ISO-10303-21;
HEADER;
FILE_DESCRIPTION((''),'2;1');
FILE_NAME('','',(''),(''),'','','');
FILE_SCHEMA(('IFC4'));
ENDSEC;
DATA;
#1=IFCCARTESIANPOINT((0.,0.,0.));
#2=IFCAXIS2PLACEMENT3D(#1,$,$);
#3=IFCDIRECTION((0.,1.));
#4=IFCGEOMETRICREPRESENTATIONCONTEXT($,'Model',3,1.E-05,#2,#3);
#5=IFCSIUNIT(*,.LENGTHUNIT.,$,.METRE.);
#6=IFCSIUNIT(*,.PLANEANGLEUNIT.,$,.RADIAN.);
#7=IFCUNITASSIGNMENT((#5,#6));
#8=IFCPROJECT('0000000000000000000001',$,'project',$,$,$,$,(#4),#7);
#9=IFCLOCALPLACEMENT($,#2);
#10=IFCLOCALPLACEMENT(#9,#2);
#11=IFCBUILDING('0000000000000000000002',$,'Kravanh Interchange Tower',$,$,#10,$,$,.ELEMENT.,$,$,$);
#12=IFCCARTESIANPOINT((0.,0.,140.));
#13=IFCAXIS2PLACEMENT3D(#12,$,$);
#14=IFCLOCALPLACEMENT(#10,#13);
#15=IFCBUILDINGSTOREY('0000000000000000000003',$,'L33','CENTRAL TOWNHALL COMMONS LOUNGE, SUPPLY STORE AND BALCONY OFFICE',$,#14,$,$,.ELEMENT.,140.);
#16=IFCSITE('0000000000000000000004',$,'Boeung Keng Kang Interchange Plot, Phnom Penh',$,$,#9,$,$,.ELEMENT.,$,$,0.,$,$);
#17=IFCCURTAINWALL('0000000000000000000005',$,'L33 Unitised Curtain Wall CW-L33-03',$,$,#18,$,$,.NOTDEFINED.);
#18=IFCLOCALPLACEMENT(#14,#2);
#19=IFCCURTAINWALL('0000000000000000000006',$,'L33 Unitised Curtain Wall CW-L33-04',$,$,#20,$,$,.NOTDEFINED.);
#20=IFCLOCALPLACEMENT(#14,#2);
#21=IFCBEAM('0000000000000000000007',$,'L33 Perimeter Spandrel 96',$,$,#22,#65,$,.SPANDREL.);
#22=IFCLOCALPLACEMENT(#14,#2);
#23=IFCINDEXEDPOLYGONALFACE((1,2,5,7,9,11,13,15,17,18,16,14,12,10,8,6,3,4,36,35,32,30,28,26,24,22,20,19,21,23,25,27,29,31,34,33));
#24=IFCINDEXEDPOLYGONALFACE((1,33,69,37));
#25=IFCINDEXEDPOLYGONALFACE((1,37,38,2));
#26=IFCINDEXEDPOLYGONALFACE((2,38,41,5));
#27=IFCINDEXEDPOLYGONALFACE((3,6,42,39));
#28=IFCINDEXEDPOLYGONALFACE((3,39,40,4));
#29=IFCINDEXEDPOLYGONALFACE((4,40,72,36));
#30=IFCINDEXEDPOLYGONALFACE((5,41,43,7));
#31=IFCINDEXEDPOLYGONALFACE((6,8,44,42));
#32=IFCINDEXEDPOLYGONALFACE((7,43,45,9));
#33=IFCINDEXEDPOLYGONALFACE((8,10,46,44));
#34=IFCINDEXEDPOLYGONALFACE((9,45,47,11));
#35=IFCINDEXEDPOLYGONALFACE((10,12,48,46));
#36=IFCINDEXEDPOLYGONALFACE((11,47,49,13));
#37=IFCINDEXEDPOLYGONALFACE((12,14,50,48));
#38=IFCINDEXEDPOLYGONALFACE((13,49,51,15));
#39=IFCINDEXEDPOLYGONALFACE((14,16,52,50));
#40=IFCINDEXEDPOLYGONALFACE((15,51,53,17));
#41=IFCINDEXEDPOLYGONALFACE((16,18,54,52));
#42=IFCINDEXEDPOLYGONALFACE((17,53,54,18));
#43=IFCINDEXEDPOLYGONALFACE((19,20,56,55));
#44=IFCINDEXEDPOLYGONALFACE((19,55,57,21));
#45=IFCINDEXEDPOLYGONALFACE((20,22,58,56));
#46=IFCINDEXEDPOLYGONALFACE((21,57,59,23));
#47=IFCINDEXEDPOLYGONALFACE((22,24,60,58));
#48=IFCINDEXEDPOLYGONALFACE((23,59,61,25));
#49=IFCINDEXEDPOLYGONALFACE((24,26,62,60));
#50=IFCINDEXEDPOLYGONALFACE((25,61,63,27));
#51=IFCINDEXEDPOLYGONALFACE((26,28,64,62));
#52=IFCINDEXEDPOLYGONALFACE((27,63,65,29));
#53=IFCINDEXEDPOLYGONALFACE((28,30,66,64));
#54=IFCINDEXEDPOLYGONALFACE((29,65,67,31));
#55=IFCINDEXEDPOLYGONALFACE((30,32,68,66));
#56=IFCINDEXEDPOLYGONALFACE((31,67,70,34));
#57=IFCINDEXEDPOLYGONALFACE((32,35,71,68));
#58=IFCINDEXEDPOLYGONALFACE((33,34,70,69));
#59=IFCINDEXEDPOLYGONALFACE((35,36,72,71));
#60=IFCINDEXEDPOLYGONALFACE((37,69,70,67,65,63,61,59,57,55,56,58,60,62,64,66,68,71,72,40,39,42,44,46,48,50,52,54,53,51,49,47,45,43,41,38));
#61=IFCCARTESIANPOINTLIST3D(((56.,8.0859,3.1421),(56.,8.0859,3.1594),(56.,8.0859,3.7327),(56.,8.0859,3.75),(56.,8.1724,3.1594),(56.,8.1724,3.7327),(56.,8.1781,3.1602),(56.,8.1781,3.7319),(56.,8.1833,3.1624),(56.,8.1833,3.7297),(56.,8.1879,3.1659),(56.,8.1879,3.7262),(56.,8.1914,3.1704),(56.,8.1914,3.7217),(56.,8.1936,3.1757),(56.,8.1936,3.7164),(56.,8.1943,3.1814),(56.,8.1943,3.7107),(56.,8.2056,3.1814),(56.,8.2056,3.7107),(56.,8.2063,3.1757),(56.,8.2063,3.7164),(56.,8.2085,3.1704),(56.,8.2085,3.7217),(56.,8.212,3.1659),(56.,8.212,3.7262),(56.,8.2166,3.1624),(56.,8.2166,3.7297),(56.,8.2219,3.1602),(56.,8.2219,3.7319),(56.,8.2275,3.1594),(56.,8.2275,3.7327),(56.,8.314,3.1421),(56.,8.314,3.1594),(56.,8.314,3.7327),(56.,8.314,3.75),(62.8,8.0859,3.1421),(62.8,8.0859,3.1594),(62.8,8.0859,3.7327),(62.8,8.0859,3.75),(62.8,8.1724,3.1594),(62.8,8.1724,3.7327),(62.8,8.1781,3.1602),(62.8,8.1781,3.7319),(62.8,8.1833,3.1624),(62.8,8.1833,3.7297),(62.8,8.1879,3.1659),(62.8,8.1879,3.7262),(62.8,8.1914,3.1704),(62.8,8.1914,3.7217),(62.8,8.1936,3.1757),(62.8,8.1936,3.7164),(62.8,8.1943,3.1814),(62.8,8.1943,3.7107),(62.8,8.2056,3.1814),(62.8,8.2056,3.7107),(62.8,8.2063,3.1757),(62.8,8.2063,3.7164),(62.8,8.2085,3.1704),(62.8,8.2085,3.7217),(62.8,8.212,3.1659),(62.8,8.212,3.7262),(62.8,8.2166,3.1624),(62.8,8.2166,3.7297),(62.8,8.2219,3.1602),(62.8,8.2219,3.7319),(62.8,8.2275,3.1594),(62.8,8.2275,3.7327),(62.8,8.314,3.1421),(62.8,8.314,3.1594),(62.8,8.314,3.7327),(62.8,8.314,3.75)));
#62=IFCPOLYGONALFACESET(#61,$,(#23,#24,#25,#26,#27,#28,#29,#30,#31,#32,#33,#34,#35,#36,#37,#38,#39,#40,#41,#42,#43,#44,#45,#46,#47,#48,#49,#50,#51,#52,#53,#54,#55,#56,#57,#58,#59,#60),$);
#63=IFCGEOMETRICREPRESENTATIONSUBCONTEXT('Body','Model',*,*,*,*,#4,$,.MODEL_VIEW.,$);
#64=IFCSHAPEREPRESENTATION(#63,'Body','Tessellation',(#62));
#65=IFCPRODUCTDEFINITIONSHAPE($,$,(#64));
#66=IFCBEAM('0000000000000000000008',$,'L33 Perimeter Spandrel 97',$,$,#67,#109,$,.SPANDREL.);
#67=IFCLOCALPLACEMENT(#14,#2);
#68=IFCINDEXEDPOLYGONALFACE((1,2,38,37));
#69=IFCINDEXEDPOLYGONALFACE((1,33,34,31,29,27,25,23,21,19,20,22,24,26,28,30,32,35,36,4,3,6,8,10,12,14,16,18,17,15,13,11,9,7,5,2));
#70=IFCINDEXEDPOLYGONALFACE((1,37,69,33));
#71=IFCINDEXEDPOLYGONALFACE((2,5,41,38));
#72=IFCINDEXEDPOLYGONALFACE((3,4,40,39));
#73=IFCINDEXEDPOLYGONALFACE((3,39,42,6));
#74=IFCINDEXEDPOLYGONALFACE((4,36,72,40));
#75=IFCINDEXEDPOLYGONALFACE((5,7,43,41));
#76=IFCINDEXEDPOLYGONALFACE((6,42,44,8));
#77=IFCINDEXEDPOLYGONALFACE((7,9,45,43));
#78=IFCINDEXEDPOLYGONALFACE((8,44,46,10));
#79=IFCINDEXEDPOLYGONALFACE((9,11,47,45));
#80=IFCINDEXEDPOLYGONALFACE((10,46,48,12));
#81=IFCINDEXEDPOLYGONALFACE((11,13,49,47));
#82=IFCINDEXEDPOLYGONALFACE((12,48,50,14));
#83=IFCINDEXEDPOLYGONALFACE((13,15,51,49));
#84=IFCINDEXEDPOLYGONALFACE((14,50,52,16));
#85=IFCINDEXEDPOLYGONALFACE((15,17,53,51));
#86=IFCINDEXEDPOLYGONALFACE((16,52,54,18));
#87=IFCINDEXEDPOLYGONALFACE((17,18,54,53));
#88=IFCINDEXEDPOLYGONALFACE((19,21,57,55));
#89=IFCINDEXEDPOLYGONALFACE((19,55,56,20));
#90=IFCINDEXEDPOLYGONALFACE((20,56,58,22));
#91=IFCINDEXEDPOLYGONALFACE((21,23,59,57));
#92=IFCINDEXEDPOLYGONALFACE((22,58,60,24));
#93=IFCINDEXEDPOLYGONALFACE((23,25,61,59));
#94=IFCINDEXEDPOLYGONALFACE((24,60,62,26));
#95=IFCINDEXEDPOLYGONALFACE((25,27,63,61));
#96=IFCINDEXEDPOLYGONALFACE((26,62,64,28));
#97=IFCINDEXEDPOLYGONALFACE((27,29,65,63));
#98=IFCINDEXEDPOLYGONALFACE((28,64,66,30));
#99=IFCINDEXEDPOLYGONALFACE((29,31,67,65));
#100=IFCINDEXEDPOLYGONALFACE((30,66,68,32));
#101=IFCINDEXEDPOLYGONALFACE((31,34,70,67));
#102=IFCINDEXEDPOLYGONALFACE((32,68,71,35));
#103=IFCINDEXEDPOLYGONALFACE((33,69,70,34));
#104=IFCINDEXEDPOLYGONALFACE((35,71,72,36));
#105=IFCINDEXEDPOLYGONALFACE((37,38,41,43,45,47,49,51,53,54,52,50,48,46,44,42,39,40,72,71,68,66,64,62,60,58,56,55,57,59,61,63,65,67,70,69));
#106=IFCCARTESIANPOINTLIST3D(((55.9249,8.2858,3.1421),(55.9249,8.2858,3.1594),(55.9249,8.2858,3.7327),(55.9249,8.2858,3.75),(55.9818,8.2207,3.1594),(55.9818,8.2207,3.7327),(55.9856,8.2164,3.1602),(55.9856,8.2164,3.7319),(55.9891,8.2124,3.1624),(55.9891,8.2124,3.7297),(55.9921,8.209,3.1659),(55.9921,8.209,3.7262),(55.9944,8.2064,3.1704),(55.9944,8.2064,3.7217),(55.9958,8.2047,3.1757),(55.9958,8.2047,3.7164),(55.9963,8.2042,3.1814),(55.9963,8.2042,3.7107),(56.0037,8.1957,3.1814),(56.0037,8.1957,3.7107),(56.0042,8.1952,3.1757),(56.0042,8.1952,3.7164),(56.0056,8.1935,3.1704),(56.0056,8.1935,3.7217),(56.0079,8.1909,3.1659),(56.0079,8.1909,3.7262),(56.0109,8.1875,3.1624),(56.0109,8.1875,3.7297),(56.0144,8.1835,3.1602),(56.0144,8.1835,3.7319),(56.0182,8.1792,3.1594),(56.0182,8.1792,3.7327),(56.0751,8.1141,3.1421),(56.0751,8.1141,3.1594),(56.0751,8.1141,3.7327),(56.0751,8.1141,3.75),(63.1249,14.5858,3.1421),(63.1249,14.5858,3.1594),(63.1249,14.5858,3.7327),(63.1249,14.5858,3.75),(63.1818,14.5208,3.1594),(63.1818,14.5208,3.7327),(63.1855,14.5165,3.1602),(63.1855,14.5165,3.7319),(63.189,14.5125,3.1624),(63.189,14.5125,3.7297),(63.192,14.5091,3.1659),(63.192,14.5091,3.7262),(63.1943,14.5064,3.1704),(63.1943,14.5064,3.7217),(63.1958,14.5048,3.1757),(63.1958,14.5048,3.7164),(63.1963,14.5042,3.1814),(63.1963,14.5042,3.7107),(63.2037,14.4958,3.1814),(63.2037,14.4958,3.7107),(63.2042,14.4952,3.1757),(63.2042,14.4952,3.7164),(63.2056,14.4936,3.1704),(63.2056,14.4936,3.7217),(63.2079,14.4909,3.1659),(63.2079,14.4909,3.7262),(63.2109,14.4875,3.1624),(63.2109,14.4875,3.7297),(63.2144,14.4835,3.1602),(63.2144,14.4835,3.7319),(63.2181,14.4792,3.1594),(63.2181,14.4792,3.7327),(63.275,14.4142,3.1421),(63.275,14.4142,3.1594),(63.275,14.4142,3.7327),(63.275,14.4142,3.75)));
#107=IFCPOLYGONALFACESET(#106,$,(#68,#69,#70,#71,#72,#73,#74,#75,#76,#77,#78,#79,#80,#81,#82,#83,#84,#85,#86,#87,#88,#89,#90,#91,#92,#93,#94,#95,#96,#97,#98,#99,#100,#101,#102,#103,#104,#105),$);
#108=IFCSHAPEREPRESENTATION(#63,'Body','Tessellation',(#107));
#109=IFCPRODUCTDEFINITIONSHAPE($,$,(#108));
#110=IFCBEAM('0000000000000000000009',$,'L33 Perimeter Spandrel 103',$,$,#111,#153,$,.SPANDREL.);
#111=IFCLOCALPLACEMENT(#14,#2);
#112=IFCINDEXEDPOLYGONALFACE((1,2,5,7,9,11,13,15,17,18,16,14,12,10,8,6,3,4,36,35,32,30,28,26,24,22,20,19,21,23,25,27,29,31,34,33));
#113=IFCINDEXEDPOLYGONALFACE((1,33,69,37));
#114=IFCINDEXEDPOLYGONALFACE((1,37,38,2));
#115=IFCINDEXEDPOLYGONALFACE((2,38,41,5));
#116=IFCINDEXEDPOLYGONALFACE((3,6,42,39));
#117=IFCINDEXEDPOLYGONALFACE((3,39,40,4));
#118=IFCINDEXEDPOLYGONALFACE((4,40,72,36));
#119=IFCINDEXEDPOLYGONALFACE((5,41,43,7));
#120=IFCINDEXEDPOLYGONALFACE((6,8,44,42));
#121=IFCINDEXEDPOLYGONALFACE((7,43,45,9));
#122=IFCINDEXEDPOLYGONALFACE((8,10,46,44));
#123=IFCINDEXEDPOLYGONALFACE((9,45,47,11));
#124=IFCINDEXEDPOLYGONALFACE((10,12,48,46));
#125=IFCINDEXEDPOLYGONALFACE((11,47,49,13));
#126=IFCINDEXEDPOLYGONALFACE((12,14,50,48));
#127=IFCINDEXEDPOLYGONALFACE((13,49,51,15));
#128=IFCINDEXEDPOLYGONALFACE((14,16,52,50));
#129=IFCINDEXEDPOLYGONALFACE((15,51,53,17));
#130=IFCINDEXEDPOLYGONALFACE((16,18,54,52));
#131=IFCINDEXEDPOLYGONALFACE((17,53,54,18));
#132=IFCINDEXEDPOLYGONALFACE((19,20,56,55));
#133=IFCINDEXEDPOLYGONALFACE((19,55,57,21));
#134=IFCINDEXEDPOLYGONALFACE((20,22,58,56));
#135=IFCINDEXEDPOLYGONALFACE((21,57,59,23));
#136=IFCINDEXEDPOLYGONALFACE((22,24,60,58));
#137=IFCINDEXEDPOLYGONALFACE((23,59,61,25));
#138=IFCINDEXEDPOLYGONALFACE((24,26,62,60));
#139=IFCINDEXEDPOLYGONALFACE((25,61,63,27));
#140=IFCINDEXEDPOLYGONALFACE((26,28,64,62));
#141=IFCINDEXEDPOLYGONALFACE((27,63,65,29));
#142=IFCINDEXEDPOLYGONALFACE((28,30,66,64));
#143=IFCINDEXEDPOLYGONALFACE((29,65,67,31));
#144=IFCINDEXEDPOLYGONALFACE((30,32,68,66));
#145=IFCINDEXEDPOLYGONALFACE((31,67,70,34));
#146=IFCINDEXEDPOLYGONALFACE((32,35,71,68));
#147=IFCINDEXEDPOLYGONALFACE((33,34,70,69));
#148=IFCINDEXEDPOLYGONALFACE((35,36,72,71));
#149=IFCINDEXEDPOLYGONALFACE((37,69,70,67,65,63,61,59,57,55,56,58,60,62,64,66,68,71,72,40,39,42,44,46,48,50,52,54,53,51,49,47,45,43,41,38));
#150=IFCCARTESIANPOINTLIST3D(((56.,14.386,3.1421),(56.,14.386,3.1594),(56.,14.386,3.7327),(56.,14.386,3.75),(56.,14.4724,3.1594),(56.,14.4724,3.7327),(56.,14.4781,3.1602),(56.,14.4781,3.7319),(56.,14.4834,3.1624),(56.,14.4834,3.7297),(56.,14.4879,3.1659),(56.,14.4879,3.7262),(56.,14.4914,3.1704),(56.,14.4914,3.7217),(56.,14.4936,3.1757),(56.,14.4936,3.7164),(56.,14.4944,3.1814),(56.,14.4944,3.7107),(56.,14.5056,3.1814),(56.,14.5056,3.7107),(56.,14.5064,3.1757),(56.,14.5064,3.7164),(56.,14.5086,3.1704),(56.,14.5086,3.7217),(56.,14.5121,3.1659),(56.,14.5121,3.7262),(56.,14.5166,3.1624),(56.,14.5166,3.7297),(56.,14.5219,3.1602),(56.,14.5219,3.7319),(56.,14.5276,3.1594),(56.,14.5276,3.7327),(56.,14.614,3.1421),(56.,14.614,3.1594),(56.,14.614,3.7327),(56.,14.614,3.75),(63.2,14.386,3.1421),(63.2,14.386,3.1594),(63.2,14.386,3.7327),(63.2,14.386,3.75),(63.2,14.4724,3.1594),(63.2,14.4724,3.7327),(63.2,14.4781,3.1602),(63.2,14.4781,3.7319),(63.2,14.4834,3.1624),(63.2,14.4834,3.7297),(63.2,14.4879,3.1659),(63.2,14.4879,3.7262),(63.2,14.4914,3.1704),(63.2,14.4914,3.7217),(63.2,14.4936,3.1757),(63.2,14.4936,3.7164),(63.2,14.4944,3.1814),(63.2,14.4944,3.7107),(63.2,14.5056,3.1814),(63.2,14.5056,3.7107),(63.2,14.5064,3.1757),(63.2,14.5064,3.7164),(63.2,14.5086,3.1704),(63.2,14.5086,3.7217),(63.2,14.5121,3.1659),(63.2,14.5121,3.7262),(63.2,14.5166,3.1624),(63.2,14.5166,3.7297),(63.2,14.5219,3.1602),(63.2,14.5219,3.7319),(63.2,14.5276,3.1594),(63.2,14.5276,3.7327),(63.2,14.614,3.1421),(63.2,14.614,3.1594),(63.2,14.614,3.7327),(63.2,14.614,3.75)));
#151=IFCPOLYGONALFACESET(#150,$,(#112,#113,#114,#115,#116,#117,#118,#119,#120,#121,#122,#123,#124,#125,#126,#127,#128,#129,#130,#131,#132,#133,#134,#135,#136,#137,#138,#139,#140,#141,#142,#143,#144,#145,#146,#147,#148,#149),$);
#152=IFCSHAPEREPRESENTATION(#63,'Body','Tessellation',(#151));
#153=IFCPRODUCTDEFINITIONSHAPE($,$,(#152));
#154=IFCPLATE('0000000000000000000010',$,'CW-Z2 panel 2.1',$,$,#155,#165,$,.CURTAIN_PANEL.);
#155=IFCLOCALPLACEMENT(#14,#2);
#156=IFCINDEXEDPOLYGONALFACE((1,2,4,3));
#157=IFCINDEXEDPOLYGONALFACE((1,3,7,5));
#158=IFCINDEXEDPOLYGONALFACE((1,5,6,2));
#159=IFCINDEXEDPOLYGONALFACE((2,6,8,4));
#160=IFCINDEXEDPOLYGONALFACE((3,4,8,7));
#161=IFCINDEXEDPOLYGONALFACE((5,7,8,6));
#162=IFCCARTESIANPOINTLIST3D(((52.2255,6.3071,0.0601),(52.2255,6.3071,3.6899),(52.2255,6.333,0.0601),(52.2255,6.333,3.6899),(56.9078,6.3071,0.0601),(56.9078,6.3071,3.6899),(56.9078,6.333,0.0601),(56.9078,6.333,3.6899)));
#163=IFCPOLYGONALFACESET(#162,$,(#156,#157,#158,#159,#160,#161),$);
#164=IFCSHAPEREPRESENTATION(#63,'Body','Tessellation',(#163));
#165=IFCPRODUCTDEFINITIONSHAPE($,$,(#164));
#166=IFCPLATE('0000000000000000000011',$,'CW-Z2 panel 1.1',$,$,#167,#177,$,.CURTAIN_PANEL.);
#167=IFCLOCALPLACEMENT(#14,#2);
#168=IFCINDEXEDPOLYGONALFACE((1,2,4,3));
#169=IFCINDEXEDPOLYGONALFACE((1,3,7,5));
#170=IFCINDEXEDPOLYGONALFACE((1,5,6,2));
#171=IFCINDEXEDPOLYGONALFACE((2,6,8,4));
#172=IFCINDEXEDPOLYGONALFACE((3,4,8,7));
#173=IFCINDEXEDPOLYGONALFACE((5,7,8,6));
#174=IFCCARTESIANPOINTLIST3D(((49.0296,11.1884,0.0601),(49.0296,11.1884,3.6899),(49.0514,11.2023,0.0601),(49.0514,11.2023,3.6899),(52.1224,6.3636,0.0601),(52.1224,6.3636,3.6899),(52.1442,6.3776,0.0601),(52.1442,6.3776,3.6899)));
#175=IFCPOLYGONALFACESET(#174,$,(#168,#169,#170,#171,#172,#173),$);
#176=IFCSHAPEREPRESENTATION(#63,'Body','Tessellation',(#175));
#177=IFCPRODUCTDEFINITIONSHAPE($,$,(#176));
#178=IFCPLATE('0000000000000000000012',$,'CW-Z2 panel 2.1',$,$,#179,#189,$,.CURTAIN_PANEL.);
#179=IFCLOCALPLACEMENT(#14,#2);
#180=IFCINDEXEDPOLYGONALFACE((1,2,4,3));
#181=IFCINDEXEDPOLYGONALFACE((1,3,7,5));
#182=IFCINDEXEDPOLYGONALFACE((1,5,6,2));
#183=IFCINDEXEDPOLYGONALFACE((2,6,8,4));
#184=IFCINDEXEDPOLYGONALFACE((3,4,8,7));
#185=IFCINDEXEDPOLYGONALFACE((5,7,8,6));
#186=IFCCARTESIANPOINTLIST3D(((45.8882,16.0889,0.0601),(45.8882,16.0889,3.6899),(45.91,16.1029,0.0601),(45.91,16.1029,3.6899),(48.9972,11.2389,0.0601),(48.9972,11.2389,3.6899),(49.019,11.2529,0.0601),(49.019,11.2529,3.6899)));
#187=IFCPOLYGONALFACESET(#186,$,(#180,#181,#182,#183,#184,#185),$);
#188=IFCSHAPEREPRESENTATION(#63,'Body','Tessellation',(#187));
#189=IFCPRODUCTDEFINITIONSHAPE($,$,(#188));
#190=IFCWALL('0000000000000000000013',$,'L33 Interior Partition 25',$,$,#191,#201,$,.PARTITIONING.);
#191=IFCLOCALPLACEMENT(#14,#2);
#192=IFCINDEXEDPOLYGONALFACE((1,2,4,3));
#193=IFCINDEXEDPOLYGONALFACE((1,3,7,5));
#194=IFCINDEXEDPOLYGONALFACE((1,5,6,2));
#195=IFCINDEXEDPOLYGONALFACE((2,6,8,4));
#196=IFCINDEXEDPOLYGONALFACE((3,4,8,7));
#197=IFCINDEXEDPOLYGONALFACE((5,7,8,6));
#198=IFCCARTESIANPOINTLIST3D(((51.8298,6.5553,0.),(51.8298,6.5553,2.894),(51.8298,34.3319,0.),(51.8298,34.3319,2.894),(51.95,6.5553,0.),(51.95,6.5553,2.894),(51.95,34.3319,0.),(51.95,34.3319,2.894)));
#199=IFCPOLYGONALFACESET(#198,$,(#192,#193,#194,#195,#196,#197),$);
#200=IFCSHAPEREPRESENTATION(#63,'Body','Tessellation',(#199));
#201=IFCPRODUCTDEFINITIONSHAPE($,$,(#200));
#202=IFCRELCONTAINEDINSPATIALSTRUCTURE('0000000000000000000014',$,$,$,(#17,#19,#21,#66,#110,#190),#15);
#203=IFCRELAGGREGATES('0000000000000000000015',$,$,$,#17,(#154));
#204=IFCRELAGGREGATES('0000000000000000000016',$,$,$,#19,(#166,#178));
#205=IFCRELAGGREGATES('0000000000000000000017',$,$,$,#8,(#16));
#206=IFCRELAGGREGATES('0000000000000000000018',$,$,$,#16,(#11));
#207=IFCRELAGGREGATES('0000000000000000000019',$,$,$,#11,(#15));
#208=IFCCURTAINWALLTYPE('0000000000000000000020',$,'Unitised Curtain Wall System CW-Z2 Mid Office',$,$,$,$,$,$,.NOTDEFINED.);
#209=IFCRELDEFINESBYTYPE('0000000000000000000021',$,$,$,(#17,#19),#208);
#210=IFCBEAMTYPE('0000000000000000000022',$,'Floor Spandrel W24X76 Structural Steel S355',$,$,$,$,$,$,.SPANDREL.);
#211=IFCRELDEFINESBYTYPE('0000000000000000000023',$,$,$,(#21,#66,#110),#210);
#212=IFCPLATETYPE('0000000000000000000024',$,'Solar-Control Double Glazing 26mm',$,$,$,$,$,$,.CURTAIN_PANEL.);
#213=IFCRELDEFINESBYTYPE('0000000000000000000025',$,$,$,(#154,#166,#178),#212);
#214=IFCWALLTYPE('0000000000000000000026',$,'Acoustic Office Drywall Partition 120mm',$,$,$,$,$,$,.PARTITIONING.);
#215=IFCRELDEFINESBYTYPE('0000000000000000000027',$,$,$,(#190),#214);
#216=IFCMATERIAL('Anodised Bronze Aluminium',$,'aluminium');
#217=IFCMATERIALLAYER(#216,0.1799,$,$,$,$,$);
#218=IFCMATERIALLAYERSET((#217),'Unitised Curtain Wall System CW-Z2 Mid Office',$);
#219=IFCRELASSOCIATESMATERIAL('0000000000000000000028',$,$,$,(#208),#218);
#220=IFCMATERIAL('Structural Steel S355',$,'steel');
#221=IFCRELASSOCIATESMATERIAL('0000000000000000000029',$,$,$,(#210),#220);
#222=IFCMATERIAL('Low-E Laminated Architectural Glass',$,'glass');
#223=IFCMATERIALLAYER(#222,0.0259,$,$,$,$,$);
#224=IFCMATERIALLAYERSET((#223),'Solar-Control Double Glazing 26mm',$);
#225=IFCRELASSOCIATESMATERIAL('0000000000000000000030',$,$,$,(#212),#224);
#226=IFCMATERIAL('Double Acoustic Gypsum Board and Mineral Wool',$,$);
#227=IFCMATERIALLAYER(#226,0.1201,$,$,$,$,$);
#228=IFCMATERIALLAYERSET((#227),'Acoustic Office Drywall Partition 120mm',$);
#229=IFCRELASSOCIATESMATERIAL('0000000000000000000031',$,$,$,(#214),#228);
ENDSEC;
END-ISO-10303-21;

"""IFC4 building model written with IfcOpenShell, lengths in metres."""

from ifc_helpers import new_model, si_unit, direction, frame, frame_2d, origin, origin_2d, place, context, subcontext, project, spatial, rectangle, i_section, extrude, material, layer, layer_set, material_profile, profile_set, type_object, element, aggregate, save


model = new_model("IFC4")

# Units and contexts
model_context = context("Model", 3, precision=1e-05, world=origin(), true_north=direction((0.0, 1.0)))
body_context = subcontext(model_context, "Body", "Model", "MODEL_VIEW")
ifc_project = project(units=[si_unit("LENGTHUNIT", "METRE"), si_unit("PLANEANGLEUNIT", "RADIAN")], contexts=[model_context])

# Site, building, storey
site_placement = place(None, origin())
site = spatial("IfcSite", under=ifc_project, at=site_placement, Name="Boeung Keng Kang Interchange Plot, Phnom Penh", CompositionType="ELEMENT", RefElevation=0.0)
building_placement = place(site_placement, origin())
building = spatial("IfcBuilding", under=site, at=building_placement, Name="Kravanh Interchange Tower", CompositionType="ELEMENT")
storey_placement = place(building_placement, frame((0.0, 0.0, 140.0)))
storey = spatial("IfcBuildingStorey", under=building, at=storey_placement, Name="L33", Description="CENTRAL TOWNHALL COMMONS LOUNGE, SUPPLY STORE AND BALCONY OFFICE", CompositionType="ELEMENT", Elevation=140.0)

# Curtain wall
ifc_material_1 = material(Name="Anodised Bronze Aluminium", Category="aluminium")
ifc_layer_1 = layer(ifc_material_1, 0.1799)
ifc_layer_set_1 = layer_set([ifc_layer_1], Name="Unitised Curtain Wall System CW-Z2 Mid Office")
curtain_wall_type = type_object("IfcCurtainWallType", Name="Unitised Curtain Wall System CW-Z2 Mid Office", PredefinedType="NOTDEFINED", material=ifc_layer_set_1)
curtain_wall_1_placement = place(storey_placement, origin())
curtain_wall_1 = element("IfcCurtainWall", 1, at=curtain_wall_1_placement, inside=storey, type_object=curtain_wall_type, Name="L33 Unitised Curtain Wall CW-L33-03", PredefinedType="NOTDEFINED")

# Curtain wall
curtain_wall_2_placement = place(storey_placement, origin())
curtain_wall_2 = element("IfcCurtainWall", 2, at=curtain_wall_2_placement, inside=storey, type_object=curtain_wall_type, Name="L33 Unitised Curtain Wall CW-L33-04", PredefinedType="NOTDEFINED")

# Beams
ifc_material_2 = material(Name="Structural Steel S355", Category="steel")
ifc_material_profile_1 = material_profile(ifc_material_2, i_section(OverallWidth=0.228, OverallDepth=0.6079, WebThickness=0.0112, FlangeThickness=0.0173, FilletRadius=0.022, at=origin_2d()), Name="W24X76")
ifc_profile_set_1 = profile_set([ifc_material_profile_1], Name="Structural Steel S355")
beam_type_1 = type_object("IfcBeamType", Name="Floor Spandrel W24X76 Structural Steel S355", PredefinedType="SPANDREL", material=ifc_profile_set_1)
beam_1_placement = place(storey_placement, frame((56.0, 8.2, 3.446), z_axis=(1.0, 0.0, 0.0), x_axis=(0.0, 1.0, 0.0)))
element("IfcBeam", 3, at=beam_1_placement, inside=storey, type_object=beam_type_1, Name="L33 Perimeter Spandrel 96", PredefinedType="SPANDREL", context=body_context, shape_type="SweptSolid", body=[
    extrude(i_section(OverallWidth=0.228, OverallDepth=0.6079, WebThickness=0.0112, FlangeThickness=0.0173, FilletRadius=0.022, at=origin_2d()), origin(), (0.0, 0.0, 1.0), 6.8),
])
beam_2_placement = place(storey_placement, frame((56.0, 8.2, 3.446), z_axis=(0.752572, 0.65851, 0.0), x_axis=(-0.65851, 0.752572, 0.0)))
element("IfcBeam", 4, at=beam_2_placement, inside=storey, type_object=beam_type_1, Name="L33 Perimeter Spandrel 97", PredefinedType="SPANDREL", context=body_context, shape_type="SweptSolid", body=[
    extrude(i_section(OverallWidth=0.228, OverallDepth=0.6079, WebThickness=0.0112, FlangeThickness=0.0173, FilletRadius=0.022, at=origin_2d()), origin(), (0.0, 0.0, 1.0), 9.5671),
])
beam_3_placement = place(storey_placement, frame((56.0, 14.5, 3.446), z_axis=(1.0, 0.0, 0.0), x_axis=(0.0, 1.0, 0.0)))
element("IfcBeam", 5, at=beam_3_placement, inside=storey, type_object=beam_type_1, Name="L33 Perimeter Spandrel 103", PredefinedType="SPANDREL", context=body_context, shape_type="SweptSolid", body=[
    extrude(i_section(OverallWidth=0.228, OverallDepth=0.6079, WebThickness=0.0112, FlangeThickness=0.0173, FilletRadius=0.022, at=origin_2d()), origin(), (0.0, 0.0, 1.0), 7.2),
])

# Plates
ifc_material_3 = material(Name="Low-E Laminated Architectural Glass", Category="glass")
ifc_layer_2 = layer(ifc_material_3, 0.0259)
ifc_layer_set_2 = layer_set([ifc_layer_2], Name="Solar-Control Double Glazing 26mm")
plate_type = type_object("IfcPlateType", Name="Solar-Control Double Glazing 26mm", PredefinedType="CURTAIN_PANEL", material=ifc_layer_set_2)
plate_1_placement = place(storey_placement, frame((54.5667, 6.3201, 0.0601), z_axis=(0.0, 0.0, 1.0), x_axis=(-1.0, 0.0, 0.0)))
plate_1 = element("IfcPlate", 6, at=plate_1_placement, type_object=plate_type, Name="CW-Z2 panel 2.1", PredefinedType="CURTAIN_PANEL", context=body_context, shape_type="SweptSolid", body=[
    extrude(rectangle(XDim=4.6824, YDim=0.0259, at=origin_2d()), origin(), (0.0, 0.0, 1.0), 3.6299),
])
aggregate(curtain_wall_1, [plate_1])
plate_2_placement = place(storey_placement, frame((50.5869, 8.783, 0.0601), z_axis=(0.0, 0.0, 1.0), x_axis=(-0.539665, 0.84188, 0.0)))
plate_2 = element("IfcPlate", 7, at=plate_2_placement, type_object=plate_type, Name="CW-Z2 panel 1.1", PredefinedType="CURTAIN_PANEL", context=body_context, shape_type="SweptSolid", body=[
    extrude(rectangle(XDim=5.731, YDim=0.0259, at=origin_2d()), origin(), (0.0, 0.0, 1.0), 3.6299),
])
plate_3_placement = place(storey_placement, frame((47.4536, 13.6709, 0.0601), z_axis=(0.0, 0.0, 1.0), x_axis=(-0.539665, 0.84188, 0.0)))
plate_3 = element("IfcPlate", 8, at=plate_3_placement, type_object=plate_type, Name="CW-Z2 panel 2.1", PredefinedType="CURTAIN_PANEL", context=body_context, shape_type="SweptSolid", body=[
    extrude(rectangle(XDim=5.761, YDim=0.0259, at=origin_2d()), origin(), (0.0, 0.0, 1.0), 3.6299),
])
aggregate(curtain_wall_2, [plate_2, plate_3])

# Wall
ifc_material_4 = material(Name="Double Acoustic Gypsum Board and Mineral Wool")
ifc_layer_3 = layer(ifc_material_4, 0.1201)
ifc_layer_set_3 = layer_set([ifc_layer_3], Name="Acoustic Office Drywall Partition 120mm")
wall_type = type_object("IfcWallType", Name="Acoustic Office Drywall Partition 120mm", PredefinedType="PARTITIONING", material=ifc_layer_set_3)
wall_placement = place(storey_placement, frame((51.8899, 6.5554, 0.0), z_axis=(0.0, 0.0, 1.0), x_axis=(0.0, 1.0, 0.0)))
element("IfcWall", 9, at=wall_placement, inside=storey, type_object=wall_type, Name="L33 Interior Partition 25", PredefinedType="PARTITIONING", context=body_context, shape_type="SweptSolid", body=[
    extrude(rectangle(XDim=27.7766, YDim=0.1201, at=frame_2d((13.8882, 0.0))), origin(), (0.0, 0.0, 1.0), 2.894),
])

save(model, "model.ifc")
